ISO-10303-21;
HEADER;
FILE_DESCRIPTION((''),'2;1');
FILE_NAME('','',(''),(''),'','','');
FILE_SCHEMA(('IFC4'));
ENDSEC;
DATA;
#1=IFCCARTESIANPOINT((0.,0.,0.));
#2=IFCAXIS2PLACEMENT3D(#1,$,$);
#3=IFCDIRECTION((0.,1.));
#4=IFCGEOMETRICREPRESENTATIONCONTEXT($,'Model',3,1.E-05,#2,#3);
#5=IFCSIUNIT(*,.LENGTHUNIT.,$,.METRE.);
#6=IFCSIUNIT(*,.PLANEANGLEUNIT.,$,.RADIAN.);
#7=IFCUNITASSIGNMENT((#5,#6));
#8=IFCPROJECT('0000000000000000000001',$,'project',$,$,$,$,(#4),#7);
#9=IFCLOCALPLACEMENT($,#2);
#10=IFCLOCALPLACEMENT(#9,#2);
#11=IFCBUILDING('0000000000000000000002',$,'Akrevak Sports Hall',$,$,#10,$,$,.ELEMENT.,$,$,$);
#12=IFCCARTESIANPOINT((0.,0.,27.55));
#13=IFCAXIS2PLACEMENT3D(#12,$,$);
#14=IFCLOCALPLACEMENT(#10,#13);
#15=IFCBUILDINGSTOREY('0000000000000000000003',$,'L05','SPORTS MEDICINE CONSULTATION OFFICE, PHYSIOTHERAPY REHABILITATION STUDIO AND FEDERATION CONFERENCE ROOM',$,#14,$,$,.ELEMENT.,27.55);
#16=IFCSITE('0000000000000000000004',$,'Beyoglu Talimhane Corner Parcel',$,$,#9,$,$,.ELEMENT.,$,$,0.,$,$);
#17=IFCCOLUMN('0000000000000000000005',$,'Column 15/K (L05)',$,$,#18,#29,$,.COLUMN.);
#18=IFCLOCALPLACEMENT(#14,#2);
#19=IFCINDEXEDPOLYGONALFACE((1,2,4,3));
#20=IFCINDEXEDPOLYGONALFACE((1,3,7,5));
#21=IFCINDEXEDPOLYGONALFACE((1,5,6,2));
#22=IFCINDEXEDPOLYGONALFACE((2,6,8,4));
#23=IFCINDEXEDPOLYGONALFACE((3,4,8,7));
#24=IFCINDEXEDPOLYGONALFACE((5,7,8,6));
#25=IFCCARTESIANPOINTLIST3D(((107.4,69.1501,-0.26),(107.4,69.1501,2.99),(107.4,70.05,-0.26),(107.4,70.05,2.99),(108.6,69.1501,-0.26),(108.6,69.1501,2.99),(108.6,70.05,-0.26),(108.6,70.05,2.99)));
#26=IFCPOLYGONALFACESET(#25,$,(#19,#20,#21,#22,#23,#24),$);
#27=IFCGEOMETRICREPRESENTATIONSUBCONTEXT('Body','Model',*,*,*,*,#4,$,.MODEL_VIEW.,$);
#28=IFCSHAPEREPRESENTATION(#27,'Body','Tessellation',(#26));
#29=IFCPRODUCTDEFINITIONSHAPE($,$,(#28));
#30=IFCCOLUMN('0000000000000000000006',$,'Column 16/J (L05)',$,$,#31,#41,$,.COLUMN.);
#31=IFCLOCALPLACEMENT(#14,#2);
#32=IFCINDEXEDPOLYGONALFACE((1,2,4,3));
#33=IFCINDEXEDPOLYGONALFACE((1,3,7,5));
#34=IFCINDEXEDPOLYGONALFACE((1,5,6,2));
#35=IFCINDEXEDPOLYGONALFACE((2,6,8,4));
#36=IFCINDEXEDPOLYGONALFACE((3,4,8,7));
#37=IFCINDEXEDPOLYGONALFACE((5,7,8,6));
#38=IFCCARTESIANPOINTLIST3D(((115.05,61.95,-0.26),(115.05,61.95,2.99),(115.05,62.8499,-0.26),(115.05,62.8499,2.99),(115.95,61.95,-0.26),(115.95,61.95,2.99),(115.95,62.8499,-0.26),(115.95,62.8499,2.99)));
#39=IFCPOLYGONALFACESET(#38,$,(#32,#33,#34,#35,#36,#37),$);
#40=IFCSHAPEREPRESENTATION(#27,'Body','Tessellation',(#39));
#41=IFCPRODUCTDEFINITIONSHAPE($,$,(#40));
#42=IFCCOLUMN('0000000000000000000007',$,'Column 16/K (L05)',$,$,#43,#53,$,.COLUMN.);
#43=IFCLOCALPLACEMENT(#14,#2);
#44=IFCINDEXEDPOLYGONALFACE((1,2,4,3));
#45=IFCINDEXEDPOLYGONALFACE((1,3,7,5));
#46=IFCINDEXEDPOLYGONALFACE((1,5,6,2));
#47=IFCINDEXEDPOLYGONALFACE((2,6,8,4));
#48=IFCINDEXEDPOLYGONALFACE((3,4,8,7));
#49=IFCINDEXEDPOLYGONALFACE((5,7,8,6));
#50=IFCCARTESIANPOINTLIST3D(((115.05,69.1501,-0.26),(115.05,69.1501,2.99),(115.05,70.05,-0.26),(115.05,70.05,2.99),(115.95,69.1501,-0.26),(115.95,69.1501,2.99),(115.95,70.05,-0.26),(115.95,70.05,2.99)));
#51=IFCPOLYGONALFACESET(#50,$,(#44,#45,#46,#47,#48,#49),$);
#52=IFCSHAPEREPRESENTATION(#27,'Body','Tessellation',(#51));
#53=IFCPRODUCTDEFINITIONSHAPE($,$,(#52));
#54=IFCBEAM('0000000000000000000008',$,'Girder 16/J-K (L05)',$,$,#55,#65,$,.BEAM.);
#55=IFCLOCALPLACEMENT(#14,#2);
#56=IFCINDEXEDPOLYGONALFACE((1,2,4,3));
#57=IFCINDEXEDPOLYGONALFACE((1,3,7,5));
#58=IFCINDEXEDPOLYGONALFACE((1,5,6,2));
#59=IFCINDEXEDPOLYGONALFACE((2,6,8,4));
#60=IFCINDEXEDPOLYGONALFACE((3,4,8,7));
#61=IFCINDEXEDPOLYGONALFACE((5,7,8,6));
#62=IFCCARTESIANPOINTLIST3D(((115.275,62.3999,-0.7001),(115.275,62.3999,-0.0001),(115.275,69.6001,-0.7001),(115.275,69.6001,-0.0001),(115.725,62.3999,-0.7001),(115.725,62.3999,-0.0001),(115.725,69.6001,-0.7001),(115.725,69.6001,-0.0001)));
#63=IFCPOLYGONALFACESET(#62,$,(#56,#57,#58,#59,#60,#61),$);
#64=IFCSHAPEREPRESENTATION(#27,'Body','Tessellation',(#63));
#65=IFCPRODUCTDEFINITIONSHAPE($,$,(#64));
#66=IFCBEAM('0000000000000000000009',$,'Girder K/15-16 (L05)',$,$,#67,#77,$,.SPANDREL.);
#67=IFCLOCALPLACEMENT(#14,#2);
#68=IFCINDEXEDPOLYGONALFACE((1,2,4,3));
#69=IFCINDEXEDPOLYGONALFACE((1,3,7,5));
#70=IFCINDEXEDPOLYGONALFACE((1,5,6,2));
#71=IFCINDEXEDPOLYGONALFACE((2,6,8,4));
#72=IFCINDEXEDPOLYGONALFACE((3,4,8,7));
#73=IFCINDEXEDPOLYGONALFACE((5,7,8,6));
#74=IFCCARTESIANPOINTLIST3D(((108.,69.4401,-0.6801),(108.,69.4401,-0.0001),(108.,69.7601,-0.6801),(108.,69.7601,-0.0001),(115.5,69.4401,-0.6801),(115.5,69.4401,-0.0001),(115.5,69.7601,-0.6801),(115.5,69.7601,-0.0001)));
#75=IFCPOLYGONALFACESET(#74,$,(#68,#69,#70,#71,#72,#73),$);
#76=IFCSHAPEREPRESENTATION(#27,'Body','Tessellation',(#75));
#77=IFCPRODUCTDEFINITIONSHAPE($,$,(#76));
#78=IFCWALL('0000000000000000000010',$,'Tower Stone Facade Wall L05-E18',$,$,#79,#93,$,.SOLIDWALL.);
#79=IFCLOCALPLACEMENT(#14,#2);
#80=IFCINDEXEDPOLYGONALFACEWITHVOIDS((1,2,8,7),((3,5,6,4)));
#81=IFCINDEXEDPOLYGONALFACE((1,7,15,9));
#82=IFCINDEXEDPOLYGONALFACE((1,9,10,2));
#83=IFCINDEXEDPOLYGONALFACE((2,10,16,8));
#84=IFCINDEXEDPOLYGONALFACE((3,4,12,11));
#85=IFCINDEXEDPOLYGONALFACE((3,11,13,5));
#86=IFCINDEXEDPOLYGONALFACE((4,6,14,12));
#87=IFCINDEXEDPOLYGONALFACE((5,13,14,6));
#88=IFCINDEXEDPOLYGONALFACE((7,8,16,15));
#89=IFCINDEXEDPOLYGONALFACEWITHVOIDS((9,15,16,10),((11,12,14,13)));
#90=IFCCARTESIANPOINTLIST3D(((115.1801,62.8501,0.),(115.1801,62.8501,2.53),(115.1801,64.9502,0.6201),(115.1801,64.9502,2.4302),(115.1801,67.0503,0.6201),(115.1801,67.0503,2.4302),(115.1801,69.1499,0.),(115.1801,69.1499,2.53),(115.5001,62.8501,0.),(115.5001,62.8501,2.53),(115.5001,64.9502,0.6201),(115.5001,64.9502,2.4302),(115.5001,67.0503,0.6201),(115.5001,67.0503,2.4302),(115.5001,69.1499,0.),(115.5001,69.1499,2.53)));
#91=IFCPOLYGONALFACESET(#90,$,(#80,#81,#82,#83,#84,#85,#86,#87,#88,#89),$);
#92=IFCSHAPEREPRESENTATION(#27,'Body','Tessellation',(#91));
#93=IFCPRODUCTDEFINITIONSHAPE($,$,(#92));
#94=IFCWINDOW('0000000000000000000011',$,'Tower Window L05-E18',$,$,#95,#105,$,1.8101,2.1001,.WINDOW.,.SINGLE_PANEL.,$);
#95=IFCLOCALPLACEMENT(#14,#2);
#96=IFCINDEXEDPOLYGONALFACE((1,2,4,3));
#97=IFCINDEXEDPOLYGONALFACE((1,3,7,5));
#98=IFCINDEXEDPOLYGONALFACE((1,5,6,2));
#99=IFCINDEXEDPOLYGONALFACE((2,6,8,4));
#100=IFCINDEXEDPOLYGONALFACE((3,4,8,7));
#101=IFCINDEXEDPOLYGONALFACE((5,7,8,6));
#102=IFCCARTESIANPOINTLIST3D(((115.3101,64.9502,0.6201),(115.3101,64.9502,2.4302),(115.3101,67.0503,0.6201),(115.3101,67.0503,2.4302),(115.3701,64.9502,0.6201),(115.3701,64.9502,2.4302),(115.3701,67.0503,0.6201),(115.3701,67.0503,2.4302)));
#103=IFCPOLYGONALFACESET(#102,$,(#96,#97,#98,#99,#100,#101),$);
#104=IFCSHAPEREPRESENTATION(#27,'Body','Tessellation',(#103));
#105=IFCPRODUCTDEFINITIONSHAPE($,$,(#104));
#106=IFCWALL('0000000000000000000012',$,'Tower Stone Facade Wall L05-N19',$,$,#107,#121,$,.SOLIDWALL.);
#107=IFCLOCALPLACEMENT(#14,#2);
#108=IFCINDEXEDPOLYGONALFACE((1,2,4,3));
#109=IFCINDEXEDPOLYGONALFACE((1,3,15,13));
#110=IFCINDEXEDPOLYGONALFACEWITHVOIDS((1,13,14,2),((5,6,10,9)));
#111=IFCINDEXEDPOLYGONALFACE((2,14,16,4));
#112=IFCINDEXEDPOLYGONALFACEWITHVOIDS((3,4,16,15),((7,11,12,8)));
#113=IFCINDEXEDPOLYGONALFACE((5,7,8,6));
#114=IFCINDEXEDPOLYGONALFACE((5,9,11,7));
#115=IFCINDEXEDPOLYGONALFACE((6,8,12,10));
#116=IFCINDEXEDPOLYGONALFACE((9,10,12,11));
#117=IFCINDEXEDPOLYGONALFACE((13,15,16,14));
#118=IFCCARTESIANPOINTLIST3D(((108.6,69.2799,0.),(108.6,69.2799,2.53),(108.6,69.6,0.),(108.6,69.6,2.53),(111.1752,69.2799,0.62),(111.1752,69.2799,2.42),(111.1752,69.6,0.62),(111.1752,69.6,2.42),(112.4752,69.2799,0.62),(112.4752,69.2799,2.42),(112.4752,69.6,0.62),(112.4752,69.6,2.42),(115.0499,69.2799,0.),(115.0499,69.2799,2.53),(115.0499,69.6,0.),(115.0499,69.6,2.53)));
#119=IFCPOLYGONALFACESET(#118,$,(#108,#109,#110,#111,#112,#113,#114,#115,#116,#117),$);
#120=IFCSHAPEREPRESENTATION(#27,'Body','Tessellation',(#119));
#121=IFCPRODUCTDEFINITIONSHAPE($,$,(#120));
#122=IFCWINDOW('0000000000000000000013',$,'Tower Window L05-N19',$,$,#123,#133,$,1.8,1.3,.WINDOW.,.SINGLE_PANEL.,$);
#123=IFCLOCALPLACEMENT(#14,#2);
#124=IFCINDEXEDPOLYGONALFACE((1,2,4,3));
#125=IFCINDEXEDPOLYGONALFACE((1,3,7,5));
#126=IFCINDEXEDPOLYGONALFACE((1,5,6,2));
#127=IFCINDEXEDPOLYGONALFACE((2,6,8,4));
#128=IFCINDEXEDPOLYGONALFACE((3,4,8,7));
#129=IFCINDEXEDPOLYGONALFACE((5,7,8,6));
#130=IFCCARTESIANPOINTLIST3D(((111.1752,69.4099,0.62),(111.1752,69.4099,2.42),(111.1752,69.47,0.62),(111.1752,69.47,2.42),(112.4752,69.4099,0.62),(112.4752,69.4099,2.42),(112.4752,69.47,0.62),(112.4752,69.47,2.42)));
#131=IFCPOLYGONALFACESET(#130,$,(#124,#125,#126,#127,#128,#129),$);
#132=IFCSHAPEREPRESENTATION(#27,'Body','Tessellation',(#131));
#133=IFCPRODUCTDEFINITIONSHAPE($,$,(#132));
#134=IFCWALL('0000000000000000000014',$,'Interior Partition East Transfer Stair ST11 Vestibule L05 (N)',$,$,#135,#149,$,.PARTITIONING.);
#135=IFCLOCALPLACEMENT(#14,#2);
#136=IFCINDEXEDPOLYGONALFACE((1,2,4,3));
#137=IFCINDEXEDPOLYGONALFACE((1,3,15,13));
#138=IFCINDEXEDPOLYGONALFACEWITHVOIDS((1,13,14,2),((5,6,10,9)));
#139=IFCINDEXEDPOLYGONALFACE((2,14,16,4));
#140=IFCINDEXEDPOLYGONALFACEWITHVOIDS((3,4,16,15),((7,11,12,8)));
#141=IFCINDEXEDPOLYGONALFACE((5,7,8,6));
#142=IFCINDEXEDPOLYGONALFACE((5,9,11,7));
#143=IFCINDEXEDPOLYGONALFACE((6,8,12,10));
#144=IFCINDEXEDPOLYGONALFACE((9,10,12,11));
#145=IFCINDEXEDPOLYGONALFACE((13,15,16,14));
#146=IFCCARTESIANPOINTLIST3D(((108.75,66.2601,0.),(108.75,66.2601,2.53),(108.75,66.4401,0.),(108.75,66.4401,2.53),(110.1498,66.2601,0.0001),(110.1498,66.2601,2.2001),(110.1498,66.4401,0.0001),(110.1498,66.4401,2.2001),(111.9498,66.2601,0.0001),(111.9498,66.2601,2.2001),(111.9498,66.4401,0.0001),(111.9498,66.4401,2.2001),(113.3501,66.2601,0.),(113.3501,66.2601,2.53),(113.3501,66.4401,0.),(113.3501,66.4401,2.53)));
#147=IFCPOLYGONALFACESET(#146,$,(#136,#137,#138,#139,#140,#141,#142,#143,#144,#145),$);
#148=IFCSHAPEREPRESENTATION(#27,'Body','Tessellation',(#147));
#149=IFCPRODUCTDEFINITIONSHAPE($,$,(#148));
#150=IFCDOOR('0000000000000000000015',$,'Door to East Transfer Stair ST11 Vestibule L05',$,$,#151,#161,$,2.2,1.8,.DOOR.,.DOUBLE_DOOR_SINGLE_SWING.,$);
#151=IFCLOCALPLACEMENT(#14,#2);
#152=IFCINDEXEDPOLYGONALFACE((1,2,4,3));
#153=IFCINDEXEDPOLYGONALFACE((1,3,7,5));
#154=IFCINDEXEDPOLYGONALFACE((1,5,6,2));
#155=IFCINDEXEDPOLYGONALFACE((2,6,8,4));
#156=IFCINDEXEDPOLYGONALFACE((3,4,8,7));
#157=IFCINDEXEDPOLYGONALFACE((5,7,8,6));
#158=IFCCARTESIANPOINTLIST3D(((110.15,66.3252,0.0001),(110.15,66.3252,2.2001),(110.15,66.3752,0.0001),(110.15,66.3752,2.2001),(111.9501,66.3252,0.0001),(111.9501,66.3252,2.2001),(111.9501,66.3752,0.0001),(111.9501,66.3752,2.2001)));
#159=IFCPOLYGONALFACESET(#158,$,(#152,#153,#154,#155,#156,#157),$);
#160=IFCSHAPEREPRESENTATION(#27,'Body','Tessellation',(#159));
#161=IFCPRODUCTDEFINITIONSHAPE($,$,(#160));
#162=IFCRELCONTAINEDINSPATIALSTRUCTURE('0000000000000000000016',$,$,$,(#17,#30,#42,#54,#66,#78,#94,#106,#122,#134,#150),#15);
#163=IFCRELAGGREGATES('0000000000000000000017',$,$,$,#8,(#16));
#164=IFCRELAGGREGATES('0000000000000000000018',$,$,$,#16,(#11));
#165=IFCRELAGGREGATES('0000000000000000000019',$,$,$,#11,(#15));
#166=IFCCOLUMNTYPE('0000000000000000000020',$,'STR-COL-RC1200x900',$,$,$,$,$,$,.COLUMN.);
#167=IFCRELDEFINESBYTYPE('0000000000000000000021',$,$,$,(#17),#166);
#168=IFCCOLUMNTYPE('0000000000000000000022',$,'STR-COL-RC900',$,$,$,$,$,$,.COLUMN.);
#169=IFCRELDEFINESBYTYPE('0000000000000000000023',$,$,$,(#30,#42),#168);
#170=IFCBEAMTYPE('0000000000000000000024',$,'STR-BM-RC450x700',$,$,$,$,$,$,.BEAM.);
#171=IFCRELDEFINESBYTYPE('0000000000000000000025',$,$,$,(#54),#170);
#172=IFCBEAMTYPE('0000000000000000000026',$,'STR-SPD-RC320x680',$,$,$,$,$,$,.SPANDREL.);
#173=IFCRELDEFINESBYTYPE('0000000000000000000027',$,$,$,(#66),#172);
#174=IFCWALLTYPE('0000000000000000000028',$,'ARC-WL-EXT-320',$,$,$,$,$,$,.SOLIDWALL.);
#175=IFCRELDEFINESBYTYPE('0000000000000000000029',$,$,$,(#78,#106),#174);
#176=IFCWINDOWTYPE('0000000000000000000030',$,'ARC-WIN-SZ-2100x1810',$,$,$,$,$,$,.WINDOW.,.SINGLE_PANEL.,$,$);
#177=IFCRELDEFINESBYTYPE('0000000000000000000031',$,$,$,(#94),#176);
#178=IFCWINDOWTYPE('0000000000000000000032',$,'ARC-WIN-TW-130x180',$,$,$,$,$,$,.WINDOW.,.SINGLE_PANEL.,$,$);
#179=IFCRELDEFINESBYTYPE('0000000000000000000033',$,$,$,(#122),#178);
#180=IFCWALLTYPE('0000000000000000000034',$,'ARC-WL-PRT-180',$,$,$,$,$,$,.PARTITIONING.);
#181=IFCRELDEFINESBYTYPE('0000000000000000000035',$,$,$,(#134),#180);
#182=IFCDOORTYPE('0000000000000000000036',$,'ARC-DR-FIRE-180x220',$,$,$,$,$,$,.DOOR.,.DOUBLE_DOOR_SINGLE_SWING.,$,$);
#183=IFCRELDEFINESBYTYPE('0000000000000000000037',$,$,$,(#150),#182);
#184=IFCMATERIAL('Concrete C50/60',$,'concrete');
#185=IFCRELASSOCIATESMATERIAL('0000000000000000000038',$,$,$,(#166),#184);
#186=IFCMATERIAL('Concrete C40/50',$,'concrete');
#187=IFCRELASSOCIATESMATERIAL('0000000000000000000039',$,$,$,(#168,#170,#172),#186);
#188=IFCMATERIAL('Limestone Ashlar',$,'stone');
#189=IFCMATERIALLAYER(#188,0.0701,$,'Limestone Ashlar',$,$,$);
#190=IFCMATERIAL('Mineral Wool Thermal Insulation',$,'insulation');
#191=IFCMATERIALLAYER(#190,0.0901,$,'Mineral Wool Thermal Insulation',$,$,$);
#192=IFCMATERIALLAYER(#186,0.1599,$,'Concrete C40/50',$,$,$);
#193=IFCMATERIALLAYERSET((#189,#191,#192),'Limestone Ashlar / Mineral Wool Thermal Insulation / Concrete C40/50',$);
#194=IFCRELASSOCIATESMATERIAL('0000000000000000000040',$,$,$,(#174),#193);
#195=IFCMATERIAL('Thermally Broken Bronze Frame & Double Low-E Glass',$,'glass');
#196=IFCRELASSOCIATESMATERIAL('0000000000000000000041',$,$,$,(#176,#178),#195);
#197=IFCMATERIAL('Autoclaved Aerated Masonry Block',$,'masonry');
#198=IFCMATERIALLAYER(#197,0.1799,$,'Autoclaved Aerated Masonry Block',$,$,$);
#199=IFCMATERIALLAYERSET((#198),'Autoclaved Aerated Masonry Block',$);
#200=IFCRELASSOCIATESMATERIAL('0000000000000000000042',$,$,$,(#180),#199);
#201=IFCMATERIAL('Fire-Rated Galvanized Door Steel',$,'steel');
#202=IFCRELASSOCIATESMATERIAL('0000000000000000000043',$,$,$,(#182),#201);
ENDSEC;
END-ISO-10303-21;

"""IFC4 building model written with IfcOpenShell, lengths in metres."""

from ifc_helpers import new_model, si_unit, direction, frame, frame_2d, origin, origin_2d, place, context, subcontext, project, spatial, rectangle, extrude, material, layer, layer_set, material_profile, profile_set, type_object, element, fill, save


model = new_model("IFC4")

# Units and contexts
model_context = context("Model", 3, precision=1e-05, world=origin(), true_north=direction((0.0, 1.0)))
body_context = subcontext(model_context, "Body", "Model", "MODEL_VIEW")
ifc_project = project(units=[si_unit("LENGTHUNIT", "METRE"), si_unit("PLANEANGLEUNIT", "RADIAN")], contexts=[model_context])

# Site, building, storey
site_placement = place(None, origin())
site = spatial("IfcSite", under=ifc_project, at=site_placement, Name="Beyoglu Talimhane Corner Parcel", CompositionType="ELEMENT", RefElevation=0.0)
building_placement = place(site_placement, origin())
building = spatial("IfcBuilding", under=site, at=building_placement, Name="Akrevak Sports Hall", CompositionType="ELEMENT")
storey_placement = place(building_placement, frame((0.0, 0.0, 27.55)))
storey = spatial("IfcBuildingStorey", under=building, at=storey_placement, Name="L05", Description="SPORTS MEDICINE CONSULTATION OFFICE, PHYSIOTHERAPY REHABILITATION STUDIO AND FEDERATION CONFERENCE ROOM", CompositionType="ELEMENT", Elevation=27.55)

# Columns
ifc_material_1 = material(Name="Concrete C50/60", Category="concrete")
ifc_material_profile_1 = material_profile(ifc_material_1, rectangle(XDim=1.2, YDim=0.8999, at=origin_2d()), Name="RC 1200x900", Category="concrete")
ifc_profile_set_1 = profile_set([ifc_material_profile_1], Name="Concrete C50/60")
column_type_1 = type_object("IfcColumnType", Name="STR-COL-RC1200x900", PredefinedType="COLUMN", material=ifc_profile_set_1)
column_placement = place(storey_placement, frame((108.0, 69.6001, -0.26), z_axis=(0.0, 0.0, 1.0), x_axis=(1.0, 0.0, 0.0)))
element("IfcColumn", 1, at=column_placement, inside=storey, type_object=column_type_1, Name="Column 15/K (L05)", PredefinedType="COLUMN", context=body_context, shape_type="SweptSolid", body=[
    extrude(rectangle(XDim=1.2, YDim=0.8999, at=origin_2d()), origin(), (0.0, 0.0, 1.0), 3.25),
])
ifc_material_2 = material(Name="Concrete C40/50", Category="concrete")
ifc_material_profile_2 = material_profile(ifc_material_2, rectangle(XDim=0.8999, YDim=0.8999, at=origin_2d()), Name="RC 900x900", Category="concrete")
ifc_profile_set_2 = profile_set([ifc_material_profile_2], Name="Concrete C40/50")
column_type_2 = type_object("IfcColumnType", Name="STR-COL-RC900", PredefinedType="COLUMN", material=ifc_profile_set_2)
for number, where, z_axis, x_axis, name in (
    (2, (115.5, 62.3999, -0.26), (0.0, 0.0, 1.0), (1.0, 0.0, 0.0), "Column 16/J (L05)"),
    (3, (115.5, 69.6001, -0.26), (0.0, 0.0, 1.0), (1.0, 0.0, 0.0), "Column 16/K (L05)"),
):
    element("IfcColumn", number, at=place(storey_placement, frame(where, z_axis=z_axis, x_axis=x_axis)), inside=storey, type_object=column_type_2, Name=name, PredefinedType="COLUMN", context=body_context, shape_type="SweptSolid", body=[
        extrude(rectangle(XDim=0.8999, YDim=0.8999, at=origin_2d()), origin(), (0.0, 0.0, 1.0), 3.25),
    ])

# Beams
ifc_material_profile_3 = material_profile(ifc_material_2, rectangle(XDim=0.45, YDim=0.7, at=origin_2d()), Name="BM 450x700", Category="concrete")
ifc_profile_set_3 = profile_set([ifc_material_profile_3], Name="Concrete C40/50")
beam_type_1 = type_object("IfcBeamType", Name="STR-BM-RC450x700", PredefinedType="BEAM", material=ifc_profile_set_3)
beam_1_placement = place(storey_placement, frame((115.5, 62.3999, -0.3501), z_axis=(0.0, 1.0, 0.0), x_axis=(-1.0, 0.0, 0.0)))
element("IfcBeam", 4, at=beam_1_placement, inside=storey, type_object=beam_type_1, Name="Girder 16/J-K (L05)", PredefinedType="BEAM", context=body_context, shape_type="SweptSolid", body=[
    extrude(rectangle(XDim=0.45, YDim=0.7, at=origin_2d()), origin(), (0.0, 0.0, 1.0), 7.2002),
])
ifc_material_profile_4 = material_profile(ifc_material_2, rectangle(XDim=0.3201, YDim=0.6799, at=origin_2d()), Name="SPD 320x680", Category="concrete")
ifc_profile_set_4 = profile_set([ifc_material_profile_4], Name="Concrete C40/50")
beam_type_2 = type_object("IfcBeamType", Name="STR-SPD-RC320x680", PredefinedType="SPANDREL", material=ifc_profile_set_4)
beam_2_placement = place(storey_placement, frame((108.0, 69.6001, -0.3401), z_axis=(1.0, 0.0, 0.0), x_axis=(0.0, 1.0, 0.0)))
element("IfcBeam", 5, at=beam_2_placement, inside=storey, type_object=beam_type_2, Name="Girder K/15-16 (L05)", PredefinedType="SPANDREL", context=body_context, shape_type="SweptSolid", body=[
    extrude(rectangle(XDim=0.3201, YDim=0.6799, at=origin_2d()), origin(), (0.0, 0.0, 1.0), 7.5),
])

# Walls, openings, windows
ifc_material_3 = material(Name="Limestone Ashlar", Category="stone")
ifc_layer_1 = layer(ifc_material_3, 0.0701, Name="Limestone Ashlar")
ifc_material_4 = material(Name="Mineral Wool Thermal Insulation", Category="insulation")
ifc_layer_2 = layer(ifc_material_4, 0.0901, Name="Mineral Wool Thermal Insulation")
ifc_layer_3 = layer(ifc_material_2, 0.1599, Name="Concrete C40/50")
ifc_layer_set_1 = layer_set([ifc_layer_1, ifc_layer_2, ifc_layer_3], Name="Limestone Ashlar / Mineral Wool Thermal Insulation / Concrete C40/50")
wall_type_1 = type_object("IfcWallType", Name="ARC-WL-EXT-320", PredefinedType="SOLIDWALL", material=ifc_layer_set_1)
wall_1_placement = place(storey_placement, frame((115.3401, 62.8501, 0.0), z_axis=(0.0, 0.0, 1.0), x_axis=(0.0, 1.0, 0.0)))
wall_1 = element("IfcWall", 6, at=wall_1_placement, inside=storey, type_object=wall_type_1, Name="Tower Stone Facade Wall L05-E18", PredefinedType="SOLIDWALL", context=body_context, shape_type="SweptSolid", body=[
    extrude(rectangle(XDim=6.2998, YDim=0.3201, at=frame_2d((3.1499, 0.0))), origin(), (0.0, 0.0, 1.0), 2.53),
])
opening_1_placement = place(wall_1_placement, frame((2.1001, 0.0, 0.6201)))
opening_1 = element("IfcOpeningElement", 7, at=opening_1_placement, cuts=wall_1, PredefinedType="OPENING", context=body_context, shape_type="SweptSolid", body=[
    extrude(rectangle(XDim=2.1001, YDim=1.8101, at=frame_2d((1.05, 0.905))), frame((0.0, 0.1719, 0.0), z_axis=(0.0, -1.0, 0.0), x_axis=(1.0, 0.0, 0.0)), (0.0, 0.0, 1.0), 0.344),
])
ifc_material_5 = material(Name="Thermally Broken Bronze Frame & Double Low-E Glass", Category="glass")
window_type_1 = type_object("IfcWindowType", Name="ARC-WIN-SZ-2100x1810", PartitioningType="SINGLE_PANEL", PredefinedType="WINDOW", material=ifc_material_5)
window_1_placement = place(opening_1_placement, origin())
window_1 = element("IfcWindow", 8, at=window_1_placement, inside=storey, type_object=window_type_1, Name="Tower Window L05-E18", OverallHeight=1.8101, OverallWidth=2.1001, PartitioningType="SINGLE_PANEL", PredefinedType="WINDOW", context=body_context, shape_type="SweptSolid", body=[
    extrude(rectangle(XDim=2.1001, YDim=1.8101, at=frame_2d((1.05, 0.905))), frame((0.0, 0.03, 0.0), z_axis=(0.0, -1.0, 0.0), x_axis=(1.0, 0.0, 0.0)), (0.0, 0.0, 1.0), 0.0601),
])
fill(opening_1, window_1)
wall_2_placement = place(storey_placement, frame((115.05, 69.4399, 0.0), z_axis=(0.0, 0.0, 1.0), x_axis=(-1.0, 0.0, 0.0)))
wall_2 = element("IfcWall", 9, at=wall_2_placement, inside=storey, type_object=wall_type_1, Name="Tower Stone Facade Wall L05-N19", PredefinedType="SOLIDWALL", context=body_context, shape_type="SweptSolid", body=[
    extrude(rectangle(XDim=6.45, YDim=0.3201, at=frame_2d((3.2251, 0.0))), origin(), (0.0, 0.0, 1.0), 2.53),
])
opening_2_placement = place(wall_2_placement, frame((2.575, 0.0, 0.6201)))
opening_2 = element("IfcOpeningElement", 10, at=opening_2_placement, cuts=wall_2, PredefinedType="OPENING", context=body_context, shape_type="SweptSolid", body=[
    extrude(rectangle(XDim=1.3, YDim=1.8, at=frame_2d((0.6499, 0.8999))), frame((0.0, 0.1719, 0.0), z_axis=(0.0, -1.0, 0.0), x_axis=(1.0, 0.0, 0.0)), (0.0, 0.0, 1.0), 0.344),
])
window_type_2 = type_object("IfcWindowType", Name="ARC-WIN-TW-130x180", PartitioningType="SINGLE_PANEL", PredefinedType="WINDOW", material=ifc_material_5)
window_2_placement = place(opening_2_placement, origin())
window_2 = element("IfcWindow", 11, at=window_2_placement, inside=storey, type_object=window_type_2, Name="Tower Window L05-N19", OverallHeight=1.8, OverallWidth=1.3, PartitioningType="SINGLE_PANEL", PredefinedType="WINDOW", context=body_context, shape_type="SweptSolid", body=[
    extrude(rectangle(XDim=1.3, YDim=1.8, at=frame_2d((0.6499, 0.8999))), frame((0.0, 0.03, 0.0), z_axis=(0.0, -1.0, 0.0), x_axis=(1.0, 0.0, 0.0)), (0.0, 0.0, 1.0), 0.0601),
])
fill(opening_2, window_2)

# Wall, opening, door
ifc_material_6 = material(Name="Autoclaved Aerated Masonry Block", Category="masonry")
ifc_layer_4 = layer(ifc_material_6, 0.1799, Name="Autoclaved Aerated Masonry Block")
ifc_layer_set_2 = layer_set([ifc_layer_4], Name="Autoclaved Aerated Masonry Block")
wall_type_2 = type_object("IfcWallType", Name="ARC-WL-PRT-180", PredefinedType="PARTITIONING", material=ifc_layer_set_2)
wall_3_placement = place(storey_placement, frame((108.75, 66.3501, 0.0), z_axis=(0.0, 0.0, 1.0), x_axis=(1.0, 0.0, 0.0)))
wall_3 = element("IfcWall", 12, at=wall_3_placement, inside=storey, type_object=wall_type_2, Name="Interior Partition East Transfer Stair ST11 Vestibule L05 (N)", PredefinedType="PARTITIONING", context=body_context, shape_type="SweptSolid", body=[
    extrude(rectangle(XDim=4.6001, YDim=0.1799, at=frame_2d((2.3, 0.0))), origin(), (0.0, 0.0, 1.0), 2.53),
])
opening_3_placement = place(wall_3_placement, frame((1.3999, 0.0, 0.0)))
opening_3 = element("IfcOpeningElement", 13, at=opening_3_placement, cuts=wall_3, PredefinedType="OPENING", context=body_context, shape_type="SweptSolid", body=[
    extrude(rectangle(XDim=1.8, YDim=2.2, at=frame_2d((0.8999, 1.1001))), frame((0.0, 0.1021, 0.0), z_axis=(0.0, -1.0, 0.0), x_axis=(1.0, 0.0, 0.0)), (0.0, 0.0, 1.0), 0.2039),
])
ifc_material_7 = material(Name="Fire-Rated Galvanized Door Steel", Category="steel")
door_type_1 = type_object("IfcDoorType", Name="ARC-DR-FIRE-180x220", OperationType="DOUBLE_DOOR_SINGLE_SWING", PredefinedType="DOOR", material=ifc_material_7)
door_1_placement = place(opening_3_placement, frame((1.8, 0.0, 0.0), z_axis=(0.0, 0.0, 1.0), x_axis=(-1.0, 0.0, 0.0)))
door_1 = element("IfcDoor", 14, at=door_1_placement, inside=storey, type_object=door_type_1, Name="Door to East Transfer Stair ST11 Vestibule L05", OperationType="DOUBLE_DOOR_SINGLE_SWING", OverallHeight=2.2, OverallWidth=1.8, PredefinedType="DOOR", context=body_context, shape_type="SweptSolid", body=[
    extrude(rectangle(XDim=1.8, YDim=2.2, at=frame_2d((0.8999, 1.1001))), frame((0.0, 0.0249, 0.0), z_axis=(0.0, -1.0, 0.0), x_axis=(1.0, 0.0, 0.0)), (0.0, 0.0, 1.0), 0.05),
])
fill(opening_3, door_1)

save(model, "model.ifc")
